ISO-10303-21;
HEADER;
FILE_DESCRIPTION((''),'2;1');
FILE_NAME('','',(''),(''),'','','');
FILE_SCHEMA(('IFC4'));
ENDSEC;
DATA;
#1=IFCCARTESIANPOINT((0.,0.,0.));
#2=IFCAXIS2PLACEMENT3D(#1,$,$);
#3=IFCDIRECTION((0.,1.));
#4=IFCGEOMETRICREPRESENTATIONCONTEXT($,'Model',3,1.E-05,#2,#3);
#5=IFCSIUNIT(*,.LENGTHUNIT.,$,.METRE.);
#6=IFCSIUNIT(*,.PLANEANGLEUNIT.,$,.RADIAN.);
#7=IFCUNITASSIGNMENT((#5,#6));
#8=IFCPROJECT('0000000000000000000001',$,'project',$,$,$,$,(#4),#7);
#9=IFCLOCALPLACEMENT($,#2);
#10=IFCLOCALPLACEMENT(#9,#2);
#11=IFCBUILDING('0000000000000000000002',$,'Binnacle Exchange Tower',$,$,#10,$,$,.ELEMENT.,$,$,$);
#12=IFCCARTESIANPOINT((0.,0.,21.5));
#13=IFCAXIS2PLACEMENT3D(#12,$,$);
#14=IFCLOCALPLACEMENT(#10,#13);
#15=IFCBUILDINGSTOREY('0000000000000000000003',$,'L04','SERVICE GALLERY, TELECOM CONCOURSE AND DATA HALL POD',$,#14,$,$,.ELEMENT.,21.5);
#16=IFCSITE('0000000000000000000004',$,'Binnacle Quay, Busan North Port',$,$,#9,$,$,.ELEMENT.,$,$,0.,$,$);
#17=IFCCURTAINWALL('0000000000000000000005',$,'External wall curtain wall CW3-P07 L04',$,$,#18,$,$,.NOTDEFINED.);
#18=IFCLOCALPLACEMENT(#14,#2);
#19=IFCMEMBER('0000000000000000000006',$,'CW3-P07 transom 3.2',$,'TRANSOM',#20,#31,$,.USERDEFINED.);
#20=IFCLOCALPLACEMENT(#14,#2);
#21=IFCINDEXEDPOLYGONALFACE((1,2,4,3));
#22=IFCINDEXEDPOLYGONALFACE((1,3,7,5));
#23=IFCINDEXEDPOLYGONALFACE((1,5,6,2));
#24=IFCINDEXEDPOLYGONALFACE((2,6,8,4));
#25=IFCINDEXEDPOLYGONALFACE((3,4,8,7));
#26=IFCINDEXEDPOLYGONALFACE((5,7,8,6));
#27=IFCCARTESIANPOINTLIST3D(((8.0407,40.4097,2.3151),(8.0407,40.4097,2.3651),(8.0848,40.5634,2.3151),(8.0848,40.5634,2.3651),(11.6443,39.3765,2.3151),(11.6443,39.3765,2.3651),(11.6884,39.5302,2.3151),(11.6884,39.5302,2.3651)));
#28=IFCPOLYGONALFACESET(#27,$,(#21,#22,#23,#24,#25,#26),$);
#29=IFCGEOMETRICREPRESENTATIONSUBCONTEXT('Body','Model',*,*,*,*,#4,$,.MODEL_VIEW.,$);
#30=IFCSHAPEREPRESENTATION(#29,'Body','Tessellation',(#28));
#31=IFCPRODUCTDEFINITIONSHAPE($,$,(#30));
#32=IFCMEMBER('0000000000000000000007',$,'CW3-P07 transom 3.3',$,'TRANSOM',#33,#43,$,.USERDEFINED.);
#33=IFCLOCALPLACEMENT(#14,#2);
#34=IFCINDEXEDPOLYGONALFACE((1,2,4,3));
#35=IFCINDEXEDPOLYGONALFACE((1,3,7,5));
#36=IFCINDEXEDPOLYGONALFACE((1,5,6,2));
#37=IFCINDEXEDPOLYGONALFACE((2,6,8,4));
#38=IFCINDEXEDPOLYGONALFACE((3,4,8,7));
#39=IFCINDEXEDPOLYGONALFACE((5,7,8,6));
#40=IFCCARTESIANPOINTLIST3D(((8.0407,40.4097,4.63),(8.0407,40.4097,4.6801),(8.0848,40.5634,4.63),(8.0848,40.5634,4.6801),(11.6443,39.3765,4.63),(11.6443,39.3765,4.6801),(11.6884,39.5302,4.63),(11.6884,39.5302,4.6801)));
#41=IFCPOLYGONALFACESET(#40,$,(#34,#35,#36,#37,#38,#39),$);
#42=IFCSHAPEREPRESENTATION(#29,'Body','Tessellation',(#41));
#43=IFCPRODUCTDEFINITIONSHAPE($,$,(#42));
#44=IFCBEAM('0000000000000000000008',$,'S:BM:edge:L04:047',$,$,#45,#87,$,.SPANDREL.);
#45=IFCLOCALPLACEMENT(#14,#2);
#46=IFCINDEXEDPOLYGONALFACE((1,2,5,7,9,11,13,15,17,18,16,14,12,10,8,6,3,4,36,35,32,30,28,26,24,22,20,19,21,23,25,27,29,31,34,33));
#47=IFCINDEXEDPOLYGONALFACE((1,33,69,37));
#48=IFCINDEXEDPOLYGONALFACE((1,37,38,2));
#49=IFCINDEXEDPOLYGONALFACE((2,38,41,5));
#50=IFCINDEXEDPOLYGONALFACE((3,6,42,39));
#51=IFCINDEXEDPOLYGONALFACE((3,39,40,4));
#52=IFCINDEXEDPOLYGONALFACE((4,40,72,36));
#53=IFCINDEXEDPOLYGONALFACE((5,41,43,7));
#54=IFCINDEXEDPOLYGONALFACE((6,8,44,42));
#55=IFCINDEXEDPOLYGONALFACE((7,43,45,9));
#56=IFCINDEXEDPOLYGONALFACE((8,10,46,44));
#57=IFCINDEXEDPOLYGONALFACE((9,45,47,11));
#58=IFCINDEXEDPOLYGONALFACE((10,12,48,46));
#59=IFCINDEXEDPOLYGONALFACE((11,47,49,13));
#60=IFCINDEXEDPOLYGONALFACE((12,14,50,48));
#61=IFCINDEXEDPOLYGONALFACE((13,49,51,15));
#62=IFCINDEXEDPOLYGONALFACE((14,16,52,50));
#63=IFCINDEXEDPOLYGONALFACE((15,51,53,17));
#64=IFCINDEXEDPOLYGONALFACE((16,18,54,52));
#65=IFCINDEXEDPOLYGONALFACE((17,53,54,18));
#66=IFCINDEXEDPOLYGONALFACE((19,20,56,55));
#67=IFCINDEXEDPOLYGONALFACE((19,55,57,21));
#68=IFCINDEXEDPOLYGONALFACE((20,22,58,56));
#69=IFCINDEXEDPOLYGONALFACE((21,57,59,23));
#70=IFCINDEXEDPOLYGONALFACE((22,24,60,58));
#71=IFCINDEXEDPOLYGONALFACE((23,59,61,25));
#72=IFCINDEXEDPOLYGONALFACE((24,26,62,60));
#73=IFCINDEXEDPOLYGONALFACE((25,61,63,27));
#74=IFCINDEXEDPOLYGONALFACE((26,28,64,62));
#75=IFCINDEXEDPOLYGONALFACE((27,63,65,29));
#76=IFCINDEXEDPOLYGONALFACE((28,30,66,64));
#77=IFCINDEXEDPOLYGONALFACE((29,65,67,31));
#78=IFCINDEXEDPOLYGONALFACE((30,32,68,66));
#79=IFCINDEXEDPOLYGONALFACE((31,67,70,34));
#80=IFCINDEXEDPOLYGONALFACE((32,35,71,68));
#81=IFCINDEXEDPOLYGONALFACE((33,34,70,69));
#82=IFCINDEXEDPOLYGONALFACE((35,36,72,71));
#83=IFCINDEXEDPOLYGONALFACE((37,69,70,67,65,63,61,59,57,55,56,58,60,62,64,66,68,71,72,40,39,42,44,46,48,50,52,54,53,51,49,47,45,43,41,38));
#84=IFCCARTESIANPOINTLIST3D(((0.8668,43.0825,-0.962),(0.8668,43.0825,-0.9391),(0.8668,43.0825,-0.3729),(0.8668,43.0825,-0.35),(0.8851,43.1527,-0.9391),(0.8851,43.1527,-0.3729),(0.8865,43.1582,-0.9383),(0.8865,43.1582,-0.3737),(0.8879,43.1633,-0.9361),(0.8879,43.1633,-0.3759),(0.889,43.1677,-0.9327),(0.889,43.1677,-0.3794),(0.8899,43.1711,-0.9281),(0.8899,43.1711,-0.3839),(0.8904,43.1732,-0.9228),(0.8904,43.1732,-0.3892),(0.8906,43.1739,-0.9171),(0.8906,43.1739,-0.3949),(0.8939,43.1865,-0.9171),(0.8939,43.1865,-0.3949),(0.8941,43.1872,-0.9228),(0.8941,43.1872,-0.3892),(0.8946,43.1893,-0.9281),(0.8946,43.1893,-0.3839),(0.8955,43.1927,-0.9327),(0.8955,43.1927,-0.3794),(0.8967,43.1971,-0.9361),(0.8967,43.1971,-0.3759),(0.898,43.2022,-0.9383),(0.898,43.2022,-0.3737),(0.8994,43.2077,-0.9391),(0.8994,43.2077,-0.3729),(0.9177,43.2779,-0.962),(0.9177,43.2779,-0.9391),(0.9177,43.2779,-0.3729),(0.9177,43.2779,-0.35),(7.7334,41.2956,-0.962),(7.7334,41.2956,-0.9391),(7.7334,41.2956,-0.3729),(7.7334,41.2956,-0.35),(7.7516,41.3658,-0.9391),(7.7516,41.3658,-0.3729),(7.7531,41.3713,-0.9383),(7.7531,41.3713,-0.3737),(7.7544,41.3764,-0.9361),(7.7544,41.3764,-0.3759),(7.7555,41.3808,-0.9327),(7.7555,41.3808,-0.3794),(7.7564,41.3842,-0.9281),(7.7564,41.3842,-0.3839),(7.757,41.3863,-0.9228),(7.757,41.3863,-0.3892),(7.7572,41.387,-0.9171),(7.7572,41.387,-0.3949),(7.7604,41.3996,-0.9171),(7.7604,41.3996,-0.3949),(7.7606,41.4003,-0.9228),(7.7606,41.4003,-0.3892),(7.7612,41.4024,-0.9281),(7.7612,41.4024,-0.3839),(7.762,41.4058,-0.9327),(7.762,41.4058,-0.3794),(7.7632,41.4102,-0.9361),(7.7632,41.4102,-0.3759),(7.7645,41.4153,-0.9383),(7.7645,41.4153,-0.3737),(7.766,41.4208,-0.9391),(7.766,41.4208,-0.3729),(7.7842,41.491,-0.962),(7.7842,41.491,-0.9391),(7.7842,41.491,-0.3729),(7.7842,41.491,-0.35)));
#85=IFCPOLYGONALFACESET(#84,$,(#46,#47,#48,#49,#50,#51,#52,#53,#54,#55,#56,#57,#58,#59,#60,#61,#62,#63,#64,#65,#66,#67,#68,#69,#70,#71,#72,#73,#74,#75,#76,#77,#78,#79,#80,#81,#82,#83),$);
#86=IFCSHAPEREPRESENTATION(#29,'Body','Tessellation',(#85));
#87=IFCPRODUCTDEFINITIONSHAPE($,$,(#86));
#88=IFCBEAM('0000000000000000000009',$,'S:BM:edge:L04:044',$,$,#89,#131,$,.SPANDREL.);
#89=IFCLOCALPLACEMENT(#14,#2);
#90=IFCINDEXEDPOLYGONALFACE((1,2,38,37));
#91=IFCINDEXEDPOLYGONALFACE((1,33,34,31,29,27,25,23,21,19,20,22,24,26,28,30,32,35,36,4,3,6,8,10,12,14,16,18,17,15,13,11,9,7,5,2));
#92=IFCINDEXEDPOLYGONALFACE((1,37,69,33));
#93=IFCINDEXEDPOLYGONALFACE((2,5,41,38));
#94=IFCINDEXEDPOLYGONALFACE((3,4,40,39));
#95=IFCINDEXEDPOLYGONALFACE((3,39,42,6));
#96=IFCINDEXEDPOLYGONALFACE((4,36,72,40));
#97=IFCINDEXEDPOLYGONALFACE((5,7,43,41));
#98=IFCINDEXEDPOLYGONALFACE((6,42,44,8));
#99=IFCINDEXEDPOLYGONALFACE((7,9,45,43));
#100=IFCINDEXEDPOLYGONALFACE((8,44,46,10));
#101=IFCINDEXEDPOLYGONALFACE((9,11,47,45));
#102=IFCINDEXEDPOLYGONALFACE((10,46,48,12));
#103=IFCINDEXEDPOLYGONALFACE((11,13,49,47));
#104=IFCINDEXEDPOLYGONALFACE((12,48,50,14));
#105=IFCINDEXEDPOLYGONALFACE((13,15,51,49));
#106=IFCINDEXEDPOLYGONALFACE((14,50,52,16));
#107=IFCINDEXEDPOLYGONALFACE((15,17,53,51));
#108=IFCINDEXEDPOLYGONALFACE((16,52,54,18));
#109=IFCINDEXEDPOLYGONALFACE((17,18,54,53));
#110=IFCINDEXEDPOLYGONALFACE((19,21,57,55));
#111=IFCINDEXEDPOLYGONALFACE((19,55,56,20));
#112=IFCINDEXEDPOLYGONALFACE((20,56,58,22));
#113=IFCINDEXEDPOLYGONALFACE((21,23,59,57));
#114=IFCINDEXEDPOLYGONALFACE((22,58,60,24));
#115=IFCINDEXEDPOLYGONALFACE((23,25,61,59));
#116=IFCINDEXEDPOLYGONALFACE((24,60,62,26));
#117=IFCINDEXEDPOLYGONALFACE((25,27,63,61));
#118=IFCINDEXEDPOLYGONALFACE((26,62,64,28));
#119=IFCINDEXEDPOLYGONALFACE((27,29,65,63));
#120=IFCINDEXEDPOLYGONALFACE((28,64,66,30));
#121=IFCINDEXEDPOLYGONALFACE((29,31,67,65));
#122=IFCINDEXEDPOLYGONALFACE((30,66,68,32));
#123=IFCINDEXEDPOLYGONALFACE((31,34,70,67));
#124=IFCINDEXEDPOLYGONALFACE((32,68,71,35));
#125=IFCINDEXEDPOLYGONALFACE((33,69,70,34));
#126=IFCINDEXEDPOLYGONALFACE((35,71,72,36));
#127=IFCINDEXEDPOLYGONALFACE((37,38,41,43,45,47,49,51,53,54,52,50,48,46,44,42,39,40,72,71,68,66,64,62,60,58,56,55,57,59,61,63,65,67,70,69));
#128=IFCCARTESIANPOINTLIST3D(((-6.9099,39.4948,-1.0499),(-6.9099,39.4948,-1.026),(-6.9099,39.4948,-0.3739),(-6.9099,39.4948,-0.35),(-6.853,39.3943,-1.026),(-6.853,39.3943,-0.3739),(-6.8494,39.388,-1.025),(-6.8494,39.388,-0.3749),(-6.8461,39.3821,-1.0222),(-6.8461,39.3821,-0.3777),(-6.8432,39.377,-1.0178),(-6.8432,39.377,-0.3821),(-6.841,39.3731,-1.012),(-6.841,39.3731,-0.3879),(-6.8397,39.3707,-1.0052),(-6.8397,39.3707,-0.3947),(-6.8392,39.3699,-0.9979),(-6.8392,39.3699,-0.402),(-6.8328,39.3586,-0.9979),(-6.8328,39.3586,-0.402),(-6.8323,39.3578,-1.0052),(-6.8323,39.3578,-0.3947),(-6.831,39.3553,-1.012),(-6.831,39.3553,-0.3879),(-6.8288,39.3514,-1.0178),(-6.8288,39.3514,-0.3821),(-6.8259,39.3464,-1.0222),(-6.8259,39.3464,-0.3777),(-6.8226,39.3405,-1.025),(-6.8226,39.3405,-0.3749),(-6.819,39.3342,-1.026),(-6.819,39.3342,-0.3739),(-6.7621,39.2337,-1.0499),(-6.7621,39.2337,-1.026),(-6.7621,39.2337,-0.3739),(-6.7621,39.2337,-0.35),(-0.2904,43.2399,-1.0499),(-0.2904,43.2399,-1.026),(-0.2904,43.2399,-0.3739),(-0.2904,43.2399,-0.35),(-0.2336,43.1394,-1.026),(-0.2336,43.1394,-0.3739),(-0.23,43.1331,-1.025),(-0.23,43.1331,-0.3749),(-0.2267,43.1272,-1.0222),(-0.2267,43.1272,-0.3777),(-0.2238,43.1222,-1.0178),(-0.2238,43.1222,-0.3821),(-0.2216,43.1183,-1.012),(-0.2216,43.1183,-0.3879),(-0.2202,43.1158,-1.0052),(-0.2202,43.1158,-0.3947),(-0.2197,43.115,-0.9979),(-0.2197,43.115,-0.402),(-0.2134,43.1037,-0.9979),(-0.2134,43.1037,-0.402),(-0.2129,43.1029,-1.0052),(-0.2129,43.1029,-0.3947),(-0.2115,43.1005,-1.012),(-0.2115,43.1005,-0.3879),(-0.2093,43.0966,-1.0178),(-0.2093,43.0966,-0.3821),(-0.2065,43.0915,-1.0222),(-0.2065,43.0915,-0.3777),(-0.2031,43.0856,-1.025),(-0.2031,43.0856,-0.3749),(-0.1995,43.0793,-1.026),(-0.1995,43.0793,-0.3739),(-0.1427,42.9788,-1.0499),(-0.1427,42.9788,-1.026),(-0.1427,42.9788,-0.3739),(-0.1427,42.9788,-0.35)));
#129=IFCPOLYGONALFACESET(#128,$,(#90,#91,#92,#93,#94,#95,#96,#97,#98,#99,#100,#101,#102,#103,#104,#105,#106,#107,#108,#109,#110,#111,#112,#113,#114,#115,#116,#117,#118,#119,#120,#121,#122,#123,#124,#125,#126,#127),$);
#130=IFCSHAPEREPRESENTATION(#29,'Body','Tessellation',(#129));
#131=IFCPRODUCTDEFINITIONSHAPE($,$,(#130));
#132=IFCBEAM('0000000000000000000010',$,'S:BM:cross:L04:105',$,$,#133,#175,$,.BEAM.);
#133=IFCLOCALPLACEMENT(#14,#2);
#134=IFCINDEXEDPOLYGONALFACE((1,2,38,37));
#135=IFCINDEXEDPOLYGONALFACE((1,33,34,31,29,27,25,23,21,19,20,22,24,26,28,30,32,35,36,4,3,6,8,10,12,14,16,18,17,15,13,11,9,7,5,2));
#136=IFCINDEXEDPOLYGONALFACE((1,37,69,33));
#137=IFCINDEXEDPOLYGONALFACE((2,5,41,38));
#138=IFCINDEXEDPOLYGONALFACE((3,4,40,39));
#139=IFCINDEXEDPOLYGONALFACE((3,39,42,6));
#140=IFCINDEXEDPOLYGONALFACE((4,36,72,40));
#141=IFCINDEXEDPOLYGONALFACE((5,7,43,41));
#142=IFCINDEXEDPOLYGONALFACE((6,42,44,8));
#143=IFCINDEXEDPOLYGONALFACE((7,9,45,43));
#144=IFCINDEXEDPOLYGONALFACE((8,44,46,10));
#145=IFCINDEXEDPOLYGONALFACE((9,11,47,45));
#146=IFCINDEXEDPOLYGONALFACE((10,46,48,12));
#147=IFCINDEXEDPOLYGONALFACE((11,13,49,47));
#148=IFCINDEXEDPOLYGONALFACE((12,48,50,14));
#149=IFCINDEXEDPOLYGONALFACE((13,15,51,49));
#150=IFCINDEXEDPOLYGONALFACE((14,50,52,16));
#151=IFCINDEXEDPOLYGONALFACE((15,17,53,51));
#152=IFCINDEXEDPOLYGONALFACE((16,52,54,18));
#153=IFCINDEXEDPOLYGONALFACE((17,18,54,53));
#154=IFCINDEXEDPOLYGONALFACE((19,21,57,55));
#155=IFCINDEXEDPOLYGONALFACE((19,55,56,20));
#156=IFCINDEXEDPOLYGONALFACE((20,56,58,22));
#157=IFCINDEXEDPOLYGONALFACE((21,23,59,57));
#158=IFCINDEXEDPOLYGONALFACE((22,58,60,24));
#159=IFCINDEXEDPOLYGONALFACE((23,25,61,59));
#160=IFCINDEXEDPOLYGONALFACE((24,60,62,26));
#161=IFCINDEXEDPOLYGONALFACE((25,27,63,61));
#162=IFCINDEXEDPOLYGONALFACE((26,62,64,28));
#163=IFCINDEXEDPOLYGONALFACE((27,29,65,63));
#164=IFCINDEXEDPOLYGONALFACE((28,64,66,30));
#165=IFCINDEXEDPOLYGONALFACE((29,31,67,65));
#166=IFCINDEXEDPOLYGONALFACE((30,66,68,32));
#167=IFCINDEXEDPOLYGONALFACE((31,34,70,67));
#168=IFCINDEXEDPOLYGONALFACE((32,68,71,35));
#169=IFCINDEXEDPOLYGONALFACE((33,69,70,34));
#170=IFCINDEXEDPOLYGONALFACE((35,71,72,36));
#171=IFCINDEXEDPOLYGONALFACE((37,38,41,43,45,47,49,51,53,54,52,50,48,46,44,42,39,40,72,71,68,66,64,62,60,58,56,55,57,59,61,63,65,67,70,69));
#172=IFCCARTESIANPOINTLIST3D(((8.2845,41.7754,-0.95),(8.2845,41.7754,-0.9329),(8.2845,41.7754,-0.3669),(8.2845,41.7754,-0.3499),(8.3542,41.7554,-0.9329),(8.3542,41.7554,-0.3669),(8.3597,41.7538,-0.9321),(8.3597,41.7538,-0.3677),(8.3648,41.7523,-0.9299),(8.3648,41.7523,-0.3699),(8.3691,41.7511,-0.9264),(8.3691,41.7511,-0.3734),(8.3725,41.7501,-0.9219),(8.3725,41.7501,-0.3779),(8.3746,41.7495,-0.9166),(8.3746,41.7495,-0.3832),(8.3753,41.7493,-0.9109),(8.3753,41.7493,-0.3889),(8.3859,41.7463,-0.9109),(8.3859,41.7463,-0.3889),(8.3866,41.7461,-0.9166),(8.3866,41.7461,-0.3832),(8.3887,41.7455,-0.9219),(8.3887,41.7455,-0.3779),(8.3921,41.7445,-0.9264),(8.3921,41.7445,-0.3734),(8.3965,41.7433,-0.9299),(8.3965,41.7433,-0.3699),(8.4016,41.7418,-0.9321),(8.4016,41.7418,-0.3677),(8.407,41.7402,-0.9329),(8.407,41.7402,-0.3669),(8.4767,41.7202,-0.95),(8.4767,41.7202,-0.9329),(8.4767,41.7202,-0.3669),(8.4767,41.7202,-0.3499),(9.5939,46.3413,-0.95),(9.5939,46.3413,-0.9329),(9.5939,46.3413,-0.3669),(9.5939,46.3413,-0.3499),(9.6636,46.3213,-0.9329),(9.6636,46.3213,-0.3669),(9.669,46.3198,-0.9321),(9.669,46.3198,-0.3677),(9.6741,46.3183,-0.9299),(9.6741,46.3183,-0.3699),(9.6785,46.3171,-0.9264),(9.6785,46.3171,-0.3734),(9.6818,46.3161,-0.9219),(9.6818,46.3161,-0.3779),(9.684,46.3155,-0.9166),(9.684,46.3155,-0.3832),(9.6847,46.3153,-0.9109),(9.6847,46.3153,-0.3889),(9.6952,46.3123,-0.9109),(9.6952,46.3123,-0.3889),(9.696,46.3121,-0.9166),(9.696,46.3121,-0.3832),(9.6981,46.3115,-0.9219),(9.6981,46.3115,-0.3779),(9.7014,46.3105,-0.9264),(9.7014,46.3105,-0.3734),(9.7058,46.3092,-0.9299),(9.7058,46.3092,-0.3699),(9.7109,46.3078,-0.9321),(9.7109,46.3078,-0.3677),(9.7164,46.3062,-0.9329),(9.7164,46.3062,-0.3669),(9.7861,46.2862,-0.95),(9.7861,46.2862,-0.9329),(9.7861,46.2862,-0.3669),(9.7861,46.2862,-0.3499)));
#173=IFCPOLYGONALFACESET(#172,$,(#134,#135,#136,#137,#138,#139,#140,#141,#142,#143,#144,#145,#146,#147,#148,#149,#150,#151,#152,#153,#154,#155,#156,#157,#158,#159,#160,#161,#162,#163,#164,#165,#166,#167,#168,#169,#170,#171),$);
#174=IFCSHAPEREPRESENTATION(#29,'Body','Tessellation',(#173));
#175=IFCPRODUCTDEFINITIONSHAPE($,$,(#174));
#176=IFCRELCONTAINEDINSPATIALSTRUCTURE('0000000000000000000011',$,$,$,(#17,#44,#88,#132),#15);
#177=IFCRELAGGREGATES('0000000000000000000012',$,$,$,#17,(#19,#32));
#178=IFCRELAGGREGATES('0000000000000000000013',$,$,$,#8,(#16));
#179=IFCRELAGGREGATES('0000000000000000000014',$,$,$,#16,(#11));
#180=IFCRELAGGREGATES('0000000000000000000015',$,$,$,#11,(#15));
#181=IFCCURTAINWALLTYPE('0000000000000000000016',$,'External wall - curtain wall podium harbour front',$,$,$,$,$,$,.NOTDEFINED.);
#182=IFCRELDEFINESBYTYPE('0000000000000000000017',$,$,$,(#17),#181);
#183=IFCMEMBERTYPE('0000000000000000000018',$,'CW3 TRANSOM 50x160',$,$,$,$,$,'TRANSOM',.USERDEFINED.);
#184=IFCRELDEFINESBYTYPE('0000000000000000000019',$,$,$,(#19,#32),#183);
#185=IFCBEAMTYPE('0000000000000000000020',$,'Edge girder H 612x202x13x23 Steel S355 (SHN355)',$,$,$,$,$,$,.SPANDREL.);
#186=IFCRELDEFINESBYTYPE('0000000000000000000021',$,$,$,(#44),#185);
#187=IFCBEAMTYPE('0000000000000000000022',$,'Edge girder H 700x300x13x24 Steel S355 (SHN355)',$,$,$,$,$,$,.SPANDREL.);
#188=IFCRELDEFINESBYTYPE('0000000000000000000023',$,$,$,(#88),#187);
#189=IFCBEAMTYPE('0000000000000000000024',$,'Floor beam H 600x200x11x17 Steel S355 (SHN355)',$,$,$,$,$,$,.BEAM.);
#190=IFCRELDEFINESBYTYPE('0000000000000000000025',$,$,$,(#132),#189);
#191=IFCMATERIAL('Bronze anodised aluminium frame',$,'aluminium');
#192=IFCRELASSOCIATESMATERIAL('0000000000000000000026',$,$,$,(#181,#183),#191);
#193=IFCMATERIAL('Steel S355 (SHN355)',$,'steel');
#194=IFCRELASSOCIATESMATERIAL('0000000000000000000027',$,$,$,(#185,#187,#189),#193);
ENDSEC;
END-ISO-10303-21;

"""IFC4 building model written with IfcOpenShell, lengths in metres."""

from ifc_helpers import new_model, si_unit, direction, frame, origin, origin_2d, place, context, subcontext, project, spatial, rectangle, i_section, extrude, material, material_profile, profile_set, type_object, element, aggregate, save


model = new_model("IFC4")

# Units and contexts
model_context = context("Model", 3, precision=1e-05, world=origin(), true_north=direction((0.0, 1.0)))
body_context = subcontext(model_context, "Body", "Model", "MODEL_VIEW")
ifc_project = project(units=[si_unit("LENGTHUNIT", "METRE"), si_unit("PLANEANGLEUNIT", "RADIAN")], contexts=[model_context])

# Site, building, storey
site_placement = place(None, origin())
site = spatial("IfcSite", under=ifc_project, at=site_placement, Name="Binnacle Quay, Busan North Port", CompositionType="ELEMENT", RefElevation=0.0)
building_placement = place(site_placement, origin())
building = spatial("IfcBuilding", under=site, at=building_placement, Name="Binnacle Exchange Tower", CompositionType="ELEMENT")
storey_placement = place(building_placement, frame((0.0, 0.0, 21.5)))
storey = spatial("IfcBuildingStorey", under=building, at=storey_placement, Name="L04", Description="SERVICE GALLERY, TELECOM CONCOURSE AND DATA HALL POD", CompositionType="ELEMENT", Elevation=21.5)

# Shared definitions
ifc_material_1 = material(Name="Bronze anodised aluminium frame", Category="aluminium")
curtain_wall_type = type_object("IfcCurtainWallType", Name="External wall - curtain wall podium harbour front", PredefinedType="NOTDEFINED", material=ifc_material_1)

# Curtain wall, members
curtain_wall_1_placement = place(storey_placement, origin())
curtain_wall_1 = element("IfcCurtainWall", 1, at=curtain_wall_1_placement, inside=storey, type_object=curtain_wall_type, Name="External wall curtain wall CW3-P07 L04", PredefinedType="NOTDEFINED")
ifc_material_profile_1 = material_profile(ifc_material_1, rectangle(XDim=0.1599, YDim=0.05, at=origin_2d()), Name="AL 160x50")
ifc_profile_set_1 = profile_set([ifc_material_profile_1], Name="Bronze anodised aluminium frame")
member_type_1 = type_object("IfcMemberType", Name="CW3 TRANSOM 50x160", ElementType="TRANSOM", PredefinedType="USERDEFINED", material=ifc_profile_set_1)
member_1_placement = place(storey_placement, frame((8.0627, 40.4866, 2.3401), z_axis=(0.961268, -0.275616, 0.0), x_axis=(0.275616, 0.961268, 0.0)))
member_1 = element("IfcMember", 2, at=member_1_placement, type_object=member_type_1, Name="CW3-P07 transom 3.2", ObjectType="TRANSOM", PredefinedType="USERDEFINED", context=body_context, shape_type="SweptSolid", body=[
    extrude(rectangle(XDim=0.1599, YDim=0.05, at=origin_2d()), origin(), (0.0, 0.0, 1.0), 3.7488),
])
member_2_placement = place(storey_placement, frame((8.0627, 40.4866, 4.655), z_axis=(0.961268, -0.275616, 0.0), x_axis=(0.275616, 0.961268, 0.0)))
member_2 = element("IfcMember", 3, at=member_2_placement, type_object=member_type_1, Name="CW3-P07 transom 3.3", ObjectType="TRANSOM", PredefinedType="USERDEFINED", context=body_context, shape_type="SweptSolid", body=[
    extrude(rectangle(XDim=0.1599, YDim=0.05, at=origin_2d()), origin(), (0.0, 0.0, 1.0), 3.7488),
])

# Beams
ifc_material_2 = material(Name="Steel S355 (SHN355)", Category="steel")
ifc_material_profile_2 = material_profile(ifc_material_2, i_section(OverallWidth=0.2019, OverallDepth=0.6121, WebThickness=0.0129, FlangeThickness=0.0229, FilletRadius=0.022, at=origin_2d()), Name="H 612x202x13x23")
ifc_profile_set_2 = profile_set([ifc_material_profile_2], Name="Steel S355 (SHN355)")
beam_type_1 = type_object("IfcBeamType", Name="Edge girder H 612x202x13x23 Steel S355 (SHN355)", PredefinedType="SPANDREL", material=ifc_profile_set_2)
beam_1_placement = place(storey_placement, frame((7.7588, 41.3933, -0.656), z_axis=(-0.967768, 0.251843, 0.0), x_axis=(-0.251843, -0.967768, 0.0)))
element("IfcBeam", 4, at=beam_1_placement, inside=storey, type_object=beam_type_1, Name="S:BM:edge:L04:047", PredefinedType="SPANDREL", context=body_context, shape_type="SweptSolid", body=[
    extrude(i_section(OverallWidth=0.2019, OverallDepth=0.6121, WebThickness=0.0129, FlangeThickness=0.0229, FilletRadius=0.022, at=origin_2d()), origin(), (0.0, 0.0, 1.0), 7.0952),
])
ifc_material_profile_3 = material_profile(ifc_material_2, i_section(OverallWidth=0.3, OverallDepth=0.7, WebThickness=0.0129, FlangeThickness=0.0239, FilletRadius=0.0281, at=origin_2d()), Name="H 700x300x13x24")
ifc_profile_set_3 = profile_set([ifc_material_profile_3], Name="Steel S355 (SHN355)")
beam_type_2 = type_object("IfcBeamType", Name="Edge girder H 700x300x13x24 Steel S355 (SHN355)", PredefinedType="SPANDREL", material=ifc_profile_set_3)
beam_2_placement = place(storey_placement, frame((-0.2166, 43.1094, -0.7), z_axis=(-0.870353, -0.492428, 0.0), x_axis=(0.492428, -0.870353, 0.0)))
element("IfcBeam", 5, at=beam_2_placement, inside=storey, type_object=beam_type_2, Name="S:BM:edge:L04:044", PredefinedType="SPANDREL", context=body_context, shape_type="SweptSolid", body=[
    extrude(i_section(OverallWidth=0.3, OverallDepth=0.7, WebThickness=0.0129, FlangeThickness=0.0239, FilletRadius=0.0281, at=origin_2d()), origin(), (0.0, 0.0, 1.0), 7.6055),
])
ifc_material_profile_4 = material_profile(ifc_material_2, i_section(OverallWidth=0.2, OverallDepth=0.6001, WebThickness=0.011, FlangeThickness=0.0171, FilletRadius=0.022, at=origin_2d()), Name="H 600x200x11x17")
ifc_profile_set_4 = profile_set([ifc_material_profile_4], Name="Steel S355 (SHN355)")
beam_type_3 = type_object("IfcBeamType", Name="Floor beam H 600x200x11x17 Steel S355 (SHN355)", PredefinedType="BEAM", material=ifc_profile_set_4)
beam_3_placement = place(storey_placement, frame((8.3806, 41.7478, -0.6499), z_axis=(0.275651, 0.961258, 0.0), x_axis=(-0.961258, 0.275651, 0.0)))
element("IfcBeam", 6, at=beam_3_placement, inside=storey, type_object=beam_type_3, Name="S:BM:cross:L04:105", PredefinedType="BEAM", context=body_context, shape_type="SweptSolid", body=[
    extrude(i_section(OverallWidth=0.2, OverallDepth=0.6001, WebThickness=0.011, FlangeThickness=0.0171, FilletRadius=0.022, at=origin_2d()), origin(), (0.0, 0.0, 1.0), 4.75),
])

aggregate(curtain_wall_1, [member_1, member_2])

save(model, "model.ifc")
